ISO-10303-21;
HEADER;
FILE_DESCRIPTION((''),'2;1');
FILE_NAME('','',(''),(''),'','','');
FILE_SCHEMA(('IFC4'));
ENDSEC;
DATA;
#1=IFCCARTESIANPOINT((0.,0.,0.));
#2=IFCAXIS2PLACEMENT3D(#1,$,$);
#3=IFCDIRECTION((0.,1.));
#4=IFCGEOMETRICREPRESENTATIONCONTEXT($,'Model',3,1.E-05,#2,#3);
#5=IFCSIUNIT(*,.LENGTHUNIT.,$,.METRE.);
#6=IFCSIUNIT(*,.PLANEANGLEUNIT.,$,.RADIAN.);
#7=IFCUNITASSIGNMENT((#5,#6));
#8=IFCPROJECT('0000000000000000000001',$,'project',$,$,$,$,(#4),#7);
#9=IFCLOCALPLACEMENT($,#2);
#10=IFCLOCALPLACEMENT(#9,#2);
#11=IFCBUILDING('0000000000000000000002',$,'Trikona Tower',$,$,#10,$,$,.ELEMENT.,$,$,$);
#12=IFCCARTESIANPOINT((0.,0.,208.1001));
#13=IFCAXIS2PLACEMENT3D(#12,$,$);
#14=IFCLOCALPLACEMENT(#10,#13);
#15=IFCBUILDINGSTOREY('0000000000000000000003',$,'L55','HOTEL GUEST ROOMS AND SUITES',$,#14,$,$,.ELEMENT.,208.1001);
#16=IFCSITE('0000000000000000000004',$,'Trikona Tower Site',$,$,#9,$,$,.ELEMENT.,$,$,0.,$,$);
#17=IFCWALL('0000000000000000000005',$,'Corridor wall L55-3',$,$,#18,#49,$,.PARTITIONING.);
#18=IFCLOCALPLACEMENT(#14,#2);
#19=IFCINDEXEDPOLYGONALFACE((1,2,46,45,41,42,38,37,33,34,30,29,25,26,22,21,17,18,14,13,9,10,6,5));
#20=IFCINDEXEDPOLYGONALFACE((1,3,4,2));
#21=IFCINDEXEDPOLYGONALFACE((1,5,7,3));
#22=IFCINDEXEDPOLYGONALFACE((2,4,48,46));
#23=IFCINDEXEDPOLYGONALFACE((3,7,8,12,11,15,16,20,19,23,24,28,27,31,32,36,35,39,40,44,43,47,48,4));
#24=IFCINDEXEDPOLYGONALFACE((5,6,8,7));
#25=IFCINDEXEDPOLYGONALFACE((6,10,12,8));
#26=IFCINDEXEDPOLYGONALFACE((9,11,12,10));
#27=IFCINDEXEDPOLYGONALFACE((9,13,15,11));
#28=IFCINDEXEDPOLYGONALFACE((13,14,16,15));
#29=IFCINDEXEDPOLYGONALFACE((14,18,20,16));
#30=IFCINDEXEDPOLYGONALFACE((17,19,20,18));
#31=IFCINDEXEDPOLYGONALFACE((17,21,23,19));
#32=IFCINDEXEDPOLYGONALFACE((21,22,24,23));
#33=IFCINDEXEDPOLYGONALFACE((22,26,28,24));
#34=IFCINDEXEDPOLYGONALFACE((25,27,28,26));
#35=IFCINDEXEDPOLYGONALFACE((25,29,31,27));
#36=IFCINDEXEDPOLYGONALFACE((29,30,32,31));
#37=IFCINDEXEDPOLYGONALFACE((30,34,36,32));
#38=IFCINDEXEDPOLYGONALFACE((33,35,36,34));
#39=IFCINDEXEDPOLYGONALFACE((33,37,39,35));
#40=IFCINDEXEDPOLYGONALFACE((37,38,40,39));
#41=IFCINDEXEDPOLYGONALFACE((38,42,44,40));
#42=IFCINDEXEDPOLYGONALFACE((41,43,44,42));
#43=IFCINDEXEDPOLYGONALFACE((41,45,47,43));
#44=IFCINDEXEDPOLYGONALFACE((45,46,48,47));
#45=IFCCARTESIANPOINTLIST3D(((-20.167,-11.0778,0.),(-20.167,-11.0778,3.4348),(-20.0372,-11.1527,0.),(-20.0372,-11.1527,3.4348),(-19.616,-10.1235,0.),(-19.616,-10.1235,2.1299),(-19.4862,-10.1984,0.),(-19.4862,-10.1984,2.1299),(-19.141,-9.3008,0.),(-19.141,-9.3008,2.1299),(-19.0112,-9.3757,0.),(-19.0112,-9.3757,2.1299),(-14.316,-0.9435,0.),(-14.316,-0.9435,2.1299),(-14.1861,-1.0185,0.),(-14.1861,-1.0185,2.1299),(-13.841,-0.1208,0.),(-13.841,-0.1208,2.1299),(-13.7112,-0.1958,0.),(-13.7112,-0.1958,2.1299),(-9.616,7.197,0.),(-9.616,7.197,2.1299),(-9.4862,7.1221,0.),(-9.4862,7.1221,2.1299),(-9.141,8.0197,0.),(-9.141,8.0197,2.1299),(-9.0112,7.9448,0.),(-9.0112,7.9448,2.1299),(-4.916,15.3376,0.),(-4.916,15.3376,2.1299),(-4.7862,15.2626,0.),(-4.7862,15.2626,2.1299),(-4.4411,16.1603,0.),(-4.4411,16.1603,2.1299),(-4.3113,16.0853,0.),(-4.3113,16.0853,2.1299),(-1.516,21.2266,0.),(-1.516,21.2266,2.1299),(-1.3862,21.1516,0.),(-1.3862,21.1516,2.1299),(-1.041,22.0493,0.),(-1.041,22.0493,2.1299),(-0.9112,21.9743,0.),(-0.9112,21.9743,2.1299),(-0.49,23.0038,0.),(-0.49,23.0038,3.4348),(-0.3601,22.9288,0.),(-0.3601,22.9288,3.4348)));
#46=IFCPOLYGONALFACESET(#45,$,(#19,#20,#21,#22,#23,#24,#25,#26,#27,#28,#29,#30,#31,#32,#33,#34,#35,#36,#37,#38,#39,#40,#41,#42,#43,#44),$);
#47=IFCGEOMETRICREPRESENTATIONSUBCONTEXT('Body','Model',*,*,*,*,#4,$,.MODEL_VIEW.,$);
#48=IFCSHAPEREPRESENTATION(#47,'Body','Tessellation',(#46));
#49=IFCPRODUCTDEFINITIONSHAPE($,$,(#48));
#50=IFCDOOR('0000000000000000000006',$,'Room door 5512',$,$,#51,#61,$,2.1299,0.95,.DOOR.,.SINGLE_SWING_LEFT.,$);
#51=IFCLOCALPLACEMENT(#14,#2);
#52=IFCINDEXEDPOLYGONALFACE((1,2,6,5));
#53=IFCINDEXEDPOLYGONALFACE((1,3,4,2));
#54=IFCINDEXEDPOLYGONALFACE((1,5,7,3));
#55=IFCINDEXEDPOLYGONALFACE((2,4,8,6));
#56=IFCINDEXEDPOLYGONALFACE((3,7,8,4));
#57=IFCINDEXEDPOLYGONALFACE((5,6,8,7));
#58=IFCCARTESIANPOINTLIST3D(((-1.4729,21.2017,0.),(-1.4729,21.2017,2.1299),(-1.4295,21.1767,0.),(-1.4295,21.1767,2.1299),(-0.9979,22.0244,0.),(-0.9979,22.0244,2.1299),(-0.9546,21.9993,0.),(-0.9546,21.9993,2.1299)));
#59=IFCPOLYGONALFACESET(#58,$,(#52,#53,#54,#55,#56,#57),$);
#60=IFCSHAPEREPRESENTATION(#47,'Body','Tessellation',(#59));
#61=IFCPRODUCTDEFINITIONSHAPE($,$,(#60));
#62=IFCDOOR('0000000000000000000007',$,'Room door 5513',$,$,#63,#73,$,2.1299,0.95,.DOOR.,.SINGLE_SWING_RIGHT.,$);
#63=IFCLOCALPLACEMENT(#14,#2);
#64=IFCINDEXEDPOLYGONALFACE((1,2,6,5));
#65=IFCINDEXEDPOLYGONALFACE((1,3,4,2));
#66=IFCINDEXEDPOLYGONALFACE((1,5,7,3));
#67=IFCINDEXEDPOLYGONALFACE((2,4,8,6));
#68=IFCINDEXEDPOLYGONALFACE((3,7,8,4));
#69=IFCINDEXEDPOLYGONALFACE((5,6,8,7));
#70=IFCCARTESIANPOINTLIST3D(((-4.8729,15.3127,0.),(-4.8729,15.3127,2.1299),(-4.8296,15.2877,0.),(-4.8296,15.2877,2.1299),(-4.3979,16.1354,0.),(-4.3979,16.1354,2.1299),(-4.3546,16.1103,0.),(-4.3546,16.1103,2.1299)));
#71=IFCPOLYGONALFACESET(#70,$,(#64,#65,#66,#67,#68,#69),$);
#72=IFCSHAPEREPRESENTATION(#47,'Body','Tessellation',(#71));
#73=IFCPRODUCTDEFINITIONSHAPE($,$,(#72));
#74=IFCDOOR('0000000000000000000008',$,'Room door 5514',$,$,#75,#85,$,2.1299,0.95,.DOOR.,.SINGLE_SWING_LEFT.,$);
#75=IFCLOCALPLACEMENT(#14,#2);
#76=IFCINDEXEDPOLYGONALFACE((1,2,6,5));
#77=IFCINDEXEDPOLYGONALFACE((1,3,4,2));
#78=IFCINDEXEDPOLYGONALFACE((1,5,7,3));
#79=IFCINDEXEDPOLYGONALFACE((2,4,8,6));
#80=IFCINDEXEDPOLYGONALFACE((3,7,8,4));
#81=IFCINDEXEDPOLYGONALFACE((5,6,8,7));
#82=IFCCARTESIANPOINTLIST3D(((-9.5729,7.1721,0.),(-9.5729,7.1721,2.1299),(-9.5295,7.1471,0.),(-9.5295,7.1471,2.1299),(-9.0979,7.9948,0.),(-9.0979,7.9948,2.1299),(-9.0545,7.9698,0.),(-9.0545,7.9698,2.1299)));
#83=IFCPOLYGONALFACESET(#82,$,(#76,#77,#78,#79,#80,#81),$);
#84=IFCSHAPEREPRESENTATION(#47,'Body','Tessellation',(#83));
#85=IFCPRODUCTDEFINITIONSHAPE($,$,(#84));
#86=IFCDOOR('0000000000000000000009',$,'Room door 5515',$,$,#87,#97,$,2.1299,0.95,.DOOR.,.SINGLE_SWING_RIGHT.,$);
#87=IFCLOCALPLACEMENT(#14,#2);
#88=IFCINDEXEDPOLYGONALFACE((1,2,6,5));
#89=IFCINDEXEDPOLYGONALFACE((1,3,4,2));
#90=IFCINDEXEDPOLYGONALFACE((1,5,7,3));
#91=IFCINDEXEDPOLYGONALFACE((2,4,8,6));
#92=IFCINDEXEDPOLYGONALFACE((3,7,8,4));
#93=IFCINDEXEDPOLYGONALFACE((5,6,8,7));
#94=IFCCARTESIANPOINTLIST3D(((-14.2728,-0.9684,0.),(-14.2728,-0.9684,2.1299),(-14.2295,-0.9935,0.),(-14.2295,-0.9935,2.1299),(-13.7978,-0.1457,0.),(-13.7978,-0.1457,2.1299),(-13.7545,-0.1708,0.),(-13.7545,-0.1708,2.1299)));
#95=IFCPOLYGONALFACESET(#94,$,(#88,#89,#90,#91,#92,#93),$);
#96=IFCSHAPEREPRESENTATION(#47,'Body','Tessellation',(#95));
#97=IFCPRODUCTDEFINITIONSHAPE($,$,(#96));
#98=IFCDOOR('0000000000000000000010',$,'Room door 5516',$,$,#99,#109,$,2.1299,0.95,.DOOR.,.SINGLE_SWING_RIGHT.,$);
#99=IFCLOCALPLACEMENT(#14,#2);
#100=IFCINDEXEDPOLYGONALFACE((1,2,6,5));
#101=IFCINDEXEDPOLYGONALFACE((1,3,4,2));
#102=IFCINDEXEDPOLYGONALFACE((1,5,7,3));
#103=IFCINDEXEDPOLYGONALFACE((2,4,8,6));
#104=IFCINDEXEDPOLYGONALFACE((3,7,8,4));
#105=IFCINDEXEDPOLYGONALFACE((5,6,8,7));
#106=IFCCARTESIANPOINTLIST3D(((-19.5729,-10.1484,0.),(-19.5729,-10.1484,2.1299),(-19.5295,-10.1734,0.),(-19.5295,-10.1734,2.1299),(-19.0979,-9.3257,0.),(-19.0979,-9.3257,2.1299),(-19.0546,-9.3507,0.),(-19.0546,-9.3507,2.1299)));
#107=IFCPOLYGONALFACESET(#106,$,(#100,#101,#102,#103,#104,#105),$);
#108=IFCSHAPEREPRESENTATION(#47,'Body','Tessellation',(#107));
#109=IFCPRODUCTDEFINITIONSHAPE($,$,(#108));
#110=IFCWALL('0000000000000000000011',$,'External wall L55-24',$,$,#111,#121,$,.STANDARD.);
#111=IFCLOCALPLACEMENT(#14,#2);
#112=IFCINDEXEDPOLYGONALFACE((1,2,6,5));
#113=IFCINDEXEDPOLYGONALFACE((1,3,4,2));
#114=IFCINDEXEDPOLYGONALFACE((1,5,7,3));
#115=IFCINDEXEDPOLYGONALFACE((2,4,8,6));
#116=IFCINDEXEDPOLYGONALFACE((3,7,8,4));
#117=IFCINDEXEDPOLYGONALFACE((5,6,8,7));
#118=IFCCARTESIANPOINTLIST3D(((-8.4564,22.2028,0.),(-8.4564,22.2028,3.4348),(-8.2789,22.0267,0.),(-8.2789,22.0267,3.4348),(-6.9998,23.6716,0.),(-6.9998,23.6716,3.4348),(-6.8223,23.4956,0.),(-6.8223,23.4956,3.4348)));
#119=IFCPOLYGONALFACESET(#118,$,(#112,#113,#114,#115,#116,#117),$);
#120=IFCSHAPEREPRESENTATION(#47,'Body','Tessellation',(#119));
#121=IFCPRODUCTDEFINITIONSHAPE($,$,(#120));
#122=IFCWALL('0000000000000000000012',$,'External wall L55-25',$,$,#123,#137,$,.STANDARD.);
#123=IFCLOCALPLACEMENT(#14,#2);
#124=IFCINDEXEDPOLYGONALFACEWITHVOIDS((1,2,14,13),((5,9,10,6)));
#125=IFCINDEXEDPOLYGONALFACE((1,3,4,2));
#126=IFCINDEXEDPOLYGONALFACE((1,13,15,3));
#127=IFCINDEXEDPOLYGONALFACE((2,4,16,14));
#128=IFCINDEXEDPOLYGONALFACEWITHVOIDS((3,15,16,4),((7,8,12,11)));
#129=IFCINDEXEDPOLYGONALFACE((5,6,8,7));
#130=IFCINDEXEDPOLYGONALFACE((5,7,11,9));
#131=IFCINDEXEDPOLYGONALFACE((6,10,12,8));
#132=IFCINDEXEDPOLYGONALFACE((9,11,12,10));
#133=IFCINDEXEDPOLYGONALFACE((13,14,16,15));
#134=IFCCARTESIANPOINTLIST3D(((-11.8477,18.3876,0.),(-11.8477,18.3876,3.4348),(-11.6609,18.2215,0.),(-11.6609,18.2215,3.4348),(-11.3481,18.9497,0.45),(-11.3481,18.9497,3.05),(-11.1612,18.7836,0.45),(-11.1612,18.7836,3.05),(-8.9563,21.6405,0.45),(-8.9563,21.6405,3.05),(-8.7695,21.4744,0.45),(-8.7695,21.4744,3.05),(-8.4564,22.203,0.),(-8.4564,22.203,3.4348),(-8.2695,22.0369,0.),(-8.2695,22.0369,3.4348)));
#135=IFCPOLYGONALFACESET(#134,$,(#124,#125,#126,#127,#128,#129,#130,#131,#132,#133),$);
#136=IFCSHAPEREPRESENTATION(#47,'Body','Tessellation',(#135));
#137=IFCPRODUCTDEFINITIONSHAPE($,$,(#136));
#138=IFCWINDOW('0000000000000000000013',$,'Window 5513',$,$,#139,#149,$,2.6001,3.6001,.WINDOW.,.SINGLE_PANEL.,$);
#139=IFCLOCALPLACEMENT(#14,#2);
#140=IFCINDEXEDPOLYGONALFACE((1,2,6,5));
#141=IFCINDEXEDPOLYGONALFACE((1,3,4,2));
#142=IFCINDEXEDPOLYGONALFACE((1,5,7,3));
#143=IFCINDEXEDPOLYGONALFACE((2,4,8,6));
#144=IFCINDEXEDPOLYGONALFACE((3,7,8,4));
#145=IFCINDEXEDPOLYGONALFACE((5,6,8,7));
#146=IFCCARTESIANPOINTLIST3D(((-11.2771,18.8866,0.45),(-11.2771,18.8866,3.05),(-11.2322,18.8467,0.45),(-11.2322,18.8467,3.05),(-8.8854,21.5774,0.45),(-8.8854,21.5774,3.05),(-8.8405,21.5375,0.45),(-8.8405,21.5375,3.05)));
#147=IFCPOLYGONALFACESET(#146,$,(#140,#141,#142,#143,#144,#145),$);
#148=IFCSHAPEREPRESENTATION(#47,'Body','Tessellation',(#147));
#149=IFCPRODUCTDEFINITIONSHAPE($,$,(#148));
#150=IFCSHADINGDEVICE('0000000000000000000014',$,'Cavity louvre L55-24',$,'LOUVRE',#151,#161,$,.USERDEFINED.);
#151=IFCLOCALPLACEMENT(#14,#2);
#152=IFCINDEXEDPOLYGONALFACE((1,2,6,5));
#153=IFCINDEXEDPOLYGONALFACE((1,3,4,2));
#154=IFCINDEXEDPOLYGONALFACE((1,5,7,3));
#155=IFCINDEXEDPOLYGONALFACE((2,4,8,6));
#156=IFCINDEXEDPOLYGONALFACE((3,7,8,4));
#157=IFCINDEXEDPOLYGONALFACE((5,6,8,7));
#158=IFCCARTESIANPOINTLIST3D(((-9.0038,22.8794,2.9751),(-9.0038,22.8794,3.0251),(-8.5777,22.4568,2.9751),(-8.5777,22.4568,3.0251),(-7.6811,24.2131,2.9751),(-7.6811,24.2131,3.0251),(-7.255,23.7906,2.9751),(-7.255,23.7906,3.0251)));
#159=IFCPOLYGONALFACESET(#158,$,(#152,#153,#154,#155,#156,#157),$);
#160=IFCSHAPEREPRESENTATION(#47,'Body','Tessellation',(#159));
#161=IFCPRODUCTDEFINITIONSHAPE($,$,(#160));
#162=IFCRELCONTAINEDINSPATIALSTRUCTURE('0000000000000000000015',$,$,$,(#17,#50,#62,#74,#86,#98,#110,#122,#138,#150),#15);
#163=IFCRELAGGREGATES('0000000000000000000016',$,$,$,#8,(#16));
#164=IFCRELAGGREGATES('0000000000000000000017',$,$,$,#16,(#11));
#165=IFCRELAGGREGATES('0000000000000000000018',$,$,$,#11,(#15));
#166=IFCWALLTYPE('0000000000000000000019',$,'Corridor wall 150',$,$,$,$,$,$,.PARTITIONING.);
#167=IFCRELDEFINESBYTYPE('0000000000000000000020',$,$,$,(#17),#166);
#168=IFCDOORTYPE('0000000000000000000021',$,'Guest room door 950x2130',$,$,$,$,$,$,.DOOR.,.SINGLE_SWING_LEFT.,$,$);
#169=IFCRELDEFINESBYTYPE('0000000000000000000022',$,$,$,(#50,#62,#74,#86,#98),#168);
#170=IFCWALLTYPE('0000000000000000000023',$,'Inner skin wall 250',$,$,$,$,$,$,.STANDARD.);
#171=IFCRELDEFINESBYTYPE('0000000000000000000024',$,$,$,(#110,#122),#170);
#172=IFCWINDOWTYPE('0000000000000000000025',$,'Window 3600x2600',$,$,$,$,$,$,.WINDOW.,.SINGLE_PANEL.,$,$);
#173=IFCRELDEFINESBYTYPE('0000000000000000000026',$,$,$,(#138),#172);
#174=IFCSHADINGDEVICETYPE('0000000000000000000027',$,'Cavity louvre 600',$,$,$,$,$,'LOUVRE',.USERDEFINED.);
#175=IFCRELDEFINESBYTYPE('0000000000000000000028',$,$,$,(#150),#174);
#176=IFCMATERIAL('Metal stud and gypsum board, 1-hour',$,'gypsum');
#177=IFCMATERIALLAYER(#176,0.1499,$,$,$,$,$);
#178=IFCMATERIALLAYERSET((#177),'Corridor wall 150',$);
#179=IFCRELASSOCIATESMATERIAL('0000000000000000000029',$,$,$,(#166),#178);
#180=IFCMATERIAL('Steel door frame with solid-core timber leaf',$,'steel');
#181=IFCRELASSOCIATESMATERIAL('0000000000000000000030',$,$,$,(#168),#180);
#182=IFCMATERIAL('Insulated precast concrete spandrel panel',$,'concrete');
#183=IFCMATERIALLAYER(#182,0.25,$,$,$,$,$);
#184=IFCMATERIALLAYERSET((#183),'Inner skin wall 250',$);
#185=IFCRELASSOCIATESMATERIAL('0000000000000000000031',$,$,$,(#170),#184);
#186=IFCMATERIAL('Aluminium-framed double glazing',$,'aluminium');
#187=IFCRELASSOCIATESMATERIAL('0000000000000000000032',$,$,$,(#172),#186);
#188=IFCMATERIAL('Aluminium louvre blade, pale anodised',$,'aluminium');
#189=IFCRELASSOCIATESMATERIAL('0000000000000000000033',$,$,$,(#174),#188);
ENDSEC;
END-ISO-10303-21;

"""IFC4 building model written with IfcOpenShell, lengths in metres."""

from ifc_helpers import new_model, si_unit, direction, frame, frame_2d, origin, origin_2d, place, context, subcontext, project, spatial, rectangle, extrude, material, layer, layer_set, type_object, element, fill, save


model = new_model("IFC4")

# Units and contexts
model_context = context("Model", 3, precision=1e-05, world=origin(), true_north=direction((0.0, 1.0)))
body_context = subcontext(model_context, "Body", "Model", "MODEL_VIEW")
ifc_project = project(units=[si_unit("LENGTHUNIT", "METRE"), si_unit("PLANEANGLEUNIT", "RADIAN")], contexts=[model_context])

# Site, building, storey
site_placement = place(None, origin())
site = spatial("IfcSite", under=ifc_project, at=site_placement, Name="Trikona Tower Site", CompositionType="ELEMENT", RefElevation=0.0)
building_placement = place(site_placement, origin())
building = spatial("IfcBuilding", under=site, at=building_placement, Name="Trikona Tower", CompositionType="ELEMENT")
storey_placement = place(building_placement, frame((0.0, 0.0, 208.1001)))
storey = spatial("IfcBuildingStorey", under=building, at=storey_placement, Name="L55", Description="HOTEL GUEST ROOMS AND SUITES", CompositionType="ELEMENT", Elevation=208.1001)

# Wall, openings, doors
ifc_material_1 = material(Name="Metal stud and gypsum board, 1-hour", Category="gypsum")
ifc_layer_1 = layer(ifc_material_1, 0.1499)
ifc_layer_set_1 = layer_set([ifc_layer_1], Name="Corridor wall 150")
wall_type_1 = type_object("IfcWallType", Name="Corridor wall 150", PredefinedType="PARTITIONING", material=ifc_layer_set_1)
wall_1_placement = place(storey_placement, frame((-0.425, 22.9663, 0.0), z_axis=(0.0, 0.0, 1.0), x_axis=(-0.5, -0.866025, 0.0)))
wall_1 = element("IfcWall", 1, at=wall_1_placement, inside=storey, type_object=wall_type_1, Name="Corridor wall L55-3", PredefinedType="PARTITIONING", context=body_context, shape_type="SweptSolid", body=[
    extrude(rectangle(XDim=39.354, YDim=0.1499, at=frame_2d((19.677, 0.0))), origin(), (0.0, 0.0, 1.0), 3.4348),
])
opening_1_placement = place(wall_1_placement, frame((1.1021, 0.0, 0.0)))
opening_1 = element("IfcOpeningElement", 2, at=opening_1_placement, cuts=wall_1, PredefinedType="OPENING", context=body_context, shape_type="SweptSolid", body=[
    extrude(rectangle(XDim=0.95, YDim=2.1299, at=frame_2d((0.4751, 1.0649))), frame((0.0, 0.085, 0.0), z_axis=(0.0, -1.0, 0.0), x_axis=(1.0, 0.0, 0.0)), (0.0, 0.0, 1.0), 0.1699),
])
opening_2_placement = place(wall_1_placement, frame((7.9021, 0.0, 0.0)))
opening_2 = element("IfcOpeningElement", 3, at=opening_2_placement, cuts=wall_1, PredefinedType="OPENING", context=body_context, shape_type="SweptSolid", body=[
    extrude(rectangle(XDim=0.95, YDim=2.1299, at=frame_2d((0.4751, 1.0649))), frame((0.0, 0.085, 0.0), z_axis=(0.0, -1.0, 0.0), x_axis=(1.0, 0.0, 0.0)), (0.0, 0.0, 1.0), 0.1699),
])
opening_3_placement = place(wall_1_placement, frame((17.302, 0.0, 0.0)))
opening_3 = element("IfcOpeningElement", 4, at=opening_3_placement, cuts=wall_1, PredefinedType="OPENING", context=body_context, shape_type="SweptSolid", body=[
    extrude(rectangle(XDim=0.95, YDim=2.1299, at=frame_2d((0.4751, 1.0649))), frame((0.0, 0.085, 0.0), z_axis=(0.0, -1.0, 0.0), x_axis=(1.0, 0.0, 0.0)), (0.0, 0.0, 1.0), 0.1699),
])
opening_4_placement = place(wall_1_placement, frame((26.7019, 0.0, 0.0)))
opening_4 = element("IfcOpeningElement", 5, at=opening_4_placement, cuts=wall_1, PredefinedType="OPENING", context=body_context, shape_type="SweptSolid", body=[
    extrude(rectangle(XDim=0.95, YDim=2.1299, at=frame_2d((0.4751, 1.0649))), frame((0.0, 0.085, 0.0), z_axis=(0.0, -1.0, 0.0), x_axis=(1.0, 0.0, 0.0)), (0.0, 0.0, 1.0), 0.1699),
])
opening_5_placement = place(wall_1_placement, frame((37.302, 0.0, 0.0)))
opening_5 = element("IfcOpeningElement", 6, at=opening_5_placement, cuts=wall_1, PredefinedType="OPENING", context=body_context, shape_type="SweptSolid", body=[
    extrude(rectangle(XDim=0.95, YDim=2.1299, at=frame_2d((0.4751, 1.0649))), frame((0.0, 0.085, 0.0), z_axis=(0.0, -1.0, 0.0), x_axis=(1.0, 0.0, 0.0)), (0.0, 0.0, 1.0), 0.1699),
])
ifc_material_2 = material(Name="Steel door frame with solid-core timber leaf", Category="steel")
door_type = type_object("IfcDoorType", Name="Guest room door 950x2130", OperationType="SINGLE_SWING_LEFT", PredefinedType="DOOR", material=ifc_material_2)
door_1_placement = place(opening_1_placement, origin())
door_1 = element("IfcDoor", 7, at=door_1_placement, inside=storey, type_object=door_type, Name="Room door 5512", OperationType="SINGLE_SWING_LEFT", OverallHeight=2.1299, OverallWidth=0.95, PredefinedType="DOOR", context=body_context, shape_type="SweptSolid", body=[
    extrude(rectangle(XDim=0.95, YDim=2.1299, at=frame_2d((0.4751, 1.0649))), frame((0.0, 0.0249, 0.0), z_axis=(0.0, -1.0, 0.0), x_axis=(1.0, 0.0, 0.0)), (0.0, 0.0, 1.0), 0.05),
])
fill(opening_1, door_1)
door_2_placement = place(opening_2_placement, origin())
door_2 = element("IfcDoor", 8, at=door_2_placement, inside=storey, type_object=door_type, Name="Room door 5513", OperationType="SINGLE_SWING_RIGHT", OverallHeight=2.1299, OverallWidth=0.95, PredefinedType="DOOR", context=body_context, shape_type="SweptSolid", body=[
    extrude(rectangle(XDim=0.95, YDim=2.1299, at=frame_2d((0.4751, 1.0649))), frame((0.0, 0.0249, 0.0), z_axis=(0.0, -1.0, 0.0), x_axis=(1.0, 0.0, 0.0)), (0.0, 0.0, 1.0), 0.05),
])
fill(opening_2, door_2)
door_3_placement = place(opening_3_placement, origin())
door_3 = element("IfcDoor", 9, at=door_3_placement, inside=storey, type_object=door_type, Name="Room door 5514", OperationType="SINGLE_SWING_LEFT", OverallHeight=2.1299, OverallWidth=0.95, PredefinedType="DOOR", context=body_context, shape_type="SweptSolid", body=[
    extrude(rectangle(XDim=0.95, YDim=2.1299, at=frame_2d((0.4751, 1.0649))), frame((0.0, 0.0249, 0.0), z_axis=(0.0, -1.0, 0.0), x_axis=(1.0, 0.0, 0.0)), (0.0, 0.0, 1.0), 0.05),
])
fill(opening_3, door_3)
door_4_placement = place(opening_4_placement, origin())
door_4 = element("IfcDoor", 10, at=door_4_placement, inside=storey, type_object=door_type, Name="Room door 5515", OperationType="SINGLE_SWING_RIGHT", OverallHeight=2.1299, OverallWidth=0.95, PredefinedType="DOOR", context=body_context, shape_type="SweptSolid", body=[
    extrude(rectangle(XDim=0.95, YDim=2.1299, at=frame_2d((0.4751, 1.0649))), frame((0.0, 0.0249, 0.0), z_axis=(0.0, -1.0, 0.0), x_axis=(1.0, 0.0, 0.0)), (0.0, 0.0, 1.0), 0.05),
])
fill(opening_4, door_4)
door_5_placement = place(opening_5_placement, origin())
door_5 = element("IfcDoor", 11, at=door_5_placement, inside=storey, type_object=door_type, Name="Room door 5516", OperationType="SINGLE_SWING_RIGHT", OverallHeight=2.1299, OverallWidth=0.95, PredefinedType="DOOR", context=body_context, shape_type="SweptSolid", body=[
    extrude(rectangle(XDim=0.95, YDim=2.1299, at=frame_2d((0.4751, 1.0649))), frame((0.0, 0.0249, 0.0), z_axis=(0.0, -1.0, 0.0), x_axis=(1.0, 0.0, 0.0)), (0.0, 0.0, 1.0), 0.05),
])
fill(opening_5, door_5)

# Wall
ifc_material_3 = material(Name="Insulated precast concrete spandrel panel", Category="concrete")
ifc_layer_2 = layer(ifc_material_3, 0.25)
ifc_layer_set_2 = layer_set([ifc_layer_2], Name="Inner skin wall 250")
wall_type_2 = type_object("IfcWallType", Name="Inner skin wall 250", PredefinedType="STANDARD", material=ifc_layer_set_2)
wall_2_placement = place(storey_placement, frame((-6.9111, 23.5835, 0.0), z_axis=(0.0, 0.0, 1.0), x_axis=(-0.70415, -0.710051, 0.0)))
element("IfcWall", 12, at=wall_2_placement, inside=storey, type_object=wall_type_2, Name="External wall L55-24", PredefinedType="STANDARD", context=body_context, shape_type="SweptSolid", body=[
    extrude(rectangle(XDim=2.0686, YDim=0.25, at=frame_2d((1.0342, 0.0))), origin(), (0.0, 0.0, 1.0), 3.4348),
])

# Wall, opening, window
wall_3_placement = place(storey_placement, frame((-8.363, 22.1199, 0.0), z_axis=(0.0, 0.0, 1.0), x_axis=(-0.664349, -0.747423, 0.0)))
wall_3 = element("IfcWall", 13, at=wall_3_placement, inside=storey, type_object=wall_type_2, Name="External wall L55-25", PredefinedType="STANDARD", context=body_context, shape_type="SweptSolid", body=[
    extrude(rectangle(XDim=5.1047, YDim=0.25, at=frame_2d((2.5522, 0.0))), origin(), (0.0, 0.0, 1.0), 3.4348),
])
opening_6_placement = place(wall_3_placement, frame((0.7524, 0.0, 0.45)))
opening_6 = element("IfcOpeningElement", 14, at=opening_6_placement, cuts=wall_3, PredefinedType="OPENING", context=body_context, shape_type="SweptSolid", body=[
    extrude(rectangle(XDim=3.6001, YDim=2.6001, at=frame_2d((1.8, 1.3))), frame((0.0, 0.135, 0.0), z_axis=(0.0, -1.0, 0.0), x_axis=(1.0, 0.0, 0.0)), (0.0, 0.0, 1.0), 0.27),
])
ifc_material_4 = material(Name="Aluminium-framed double glazing", Category="aluminium")
window_type_1 = type_object("IfcWindowType", Name="Window 3600x2600", PartitioningType="SINGLE_PANEL", PredefinedType="WINDOW", material=ifc_material_4)
window_1_placement = place(opening_6_placement, origin())
window_1 = element("IfcWindow", 15, at=window_1_placement, inside=storey, type_object=window_type_1, Name="Window 5513", OverallHeight=2.6001, OverallWidth=3.6001, PartitioningType="SINGLE_PANEL", PredefinedType="WINDOW", context=body_context, shape_type="SweptSolid", body=[
    extrude(rectangle(XDim=3.6001, YDim=2.6001, at=frame_2d((1.8, 1.3))), frame((0.0, 0.03, 0.0), z_axis=(0.0, -1.0, 0.0), x_axis=(1.0, 0.0, 0.0)), (0.0, 0.0, 1.0), 0.0601),
])
fill(opening_6, window_1)

# Shading device
ifc_material_5 = material(Name="Aluminium louvre blade, pale anodised", Category="aluminium")
shading_device_type = type_object("IfcShadingDeviceType", Name="Cavity louvre 600", ElementType="LOUVRE", PredefinedType="USERDEFINED", material=ifc_material_5)
shading_device_placement = place(storey_placement, frame((-8.1294, 23.335, 2.9751), z_axis=(0.0, 0.0, 1.0), x_axis=(-0.704151, -0.71005, 0.0)))
element("IfcShadingDevice", 16, at=shading_device_placement, inside=storey, type_object=shading_device_type, Name="Cavity louvre L55-24", ObjectType="LOUVRE", PredefinedType="USERDEFINED", context=body_context, shape_type="SweptSolid", body=[
    extrude(rectangle(XDim=1.8784, YDim=0.6001, at=origin_2d()), origin(), (0.0, 0.0, 1.0), 0.05),
])

save(model, "model.ifc")
